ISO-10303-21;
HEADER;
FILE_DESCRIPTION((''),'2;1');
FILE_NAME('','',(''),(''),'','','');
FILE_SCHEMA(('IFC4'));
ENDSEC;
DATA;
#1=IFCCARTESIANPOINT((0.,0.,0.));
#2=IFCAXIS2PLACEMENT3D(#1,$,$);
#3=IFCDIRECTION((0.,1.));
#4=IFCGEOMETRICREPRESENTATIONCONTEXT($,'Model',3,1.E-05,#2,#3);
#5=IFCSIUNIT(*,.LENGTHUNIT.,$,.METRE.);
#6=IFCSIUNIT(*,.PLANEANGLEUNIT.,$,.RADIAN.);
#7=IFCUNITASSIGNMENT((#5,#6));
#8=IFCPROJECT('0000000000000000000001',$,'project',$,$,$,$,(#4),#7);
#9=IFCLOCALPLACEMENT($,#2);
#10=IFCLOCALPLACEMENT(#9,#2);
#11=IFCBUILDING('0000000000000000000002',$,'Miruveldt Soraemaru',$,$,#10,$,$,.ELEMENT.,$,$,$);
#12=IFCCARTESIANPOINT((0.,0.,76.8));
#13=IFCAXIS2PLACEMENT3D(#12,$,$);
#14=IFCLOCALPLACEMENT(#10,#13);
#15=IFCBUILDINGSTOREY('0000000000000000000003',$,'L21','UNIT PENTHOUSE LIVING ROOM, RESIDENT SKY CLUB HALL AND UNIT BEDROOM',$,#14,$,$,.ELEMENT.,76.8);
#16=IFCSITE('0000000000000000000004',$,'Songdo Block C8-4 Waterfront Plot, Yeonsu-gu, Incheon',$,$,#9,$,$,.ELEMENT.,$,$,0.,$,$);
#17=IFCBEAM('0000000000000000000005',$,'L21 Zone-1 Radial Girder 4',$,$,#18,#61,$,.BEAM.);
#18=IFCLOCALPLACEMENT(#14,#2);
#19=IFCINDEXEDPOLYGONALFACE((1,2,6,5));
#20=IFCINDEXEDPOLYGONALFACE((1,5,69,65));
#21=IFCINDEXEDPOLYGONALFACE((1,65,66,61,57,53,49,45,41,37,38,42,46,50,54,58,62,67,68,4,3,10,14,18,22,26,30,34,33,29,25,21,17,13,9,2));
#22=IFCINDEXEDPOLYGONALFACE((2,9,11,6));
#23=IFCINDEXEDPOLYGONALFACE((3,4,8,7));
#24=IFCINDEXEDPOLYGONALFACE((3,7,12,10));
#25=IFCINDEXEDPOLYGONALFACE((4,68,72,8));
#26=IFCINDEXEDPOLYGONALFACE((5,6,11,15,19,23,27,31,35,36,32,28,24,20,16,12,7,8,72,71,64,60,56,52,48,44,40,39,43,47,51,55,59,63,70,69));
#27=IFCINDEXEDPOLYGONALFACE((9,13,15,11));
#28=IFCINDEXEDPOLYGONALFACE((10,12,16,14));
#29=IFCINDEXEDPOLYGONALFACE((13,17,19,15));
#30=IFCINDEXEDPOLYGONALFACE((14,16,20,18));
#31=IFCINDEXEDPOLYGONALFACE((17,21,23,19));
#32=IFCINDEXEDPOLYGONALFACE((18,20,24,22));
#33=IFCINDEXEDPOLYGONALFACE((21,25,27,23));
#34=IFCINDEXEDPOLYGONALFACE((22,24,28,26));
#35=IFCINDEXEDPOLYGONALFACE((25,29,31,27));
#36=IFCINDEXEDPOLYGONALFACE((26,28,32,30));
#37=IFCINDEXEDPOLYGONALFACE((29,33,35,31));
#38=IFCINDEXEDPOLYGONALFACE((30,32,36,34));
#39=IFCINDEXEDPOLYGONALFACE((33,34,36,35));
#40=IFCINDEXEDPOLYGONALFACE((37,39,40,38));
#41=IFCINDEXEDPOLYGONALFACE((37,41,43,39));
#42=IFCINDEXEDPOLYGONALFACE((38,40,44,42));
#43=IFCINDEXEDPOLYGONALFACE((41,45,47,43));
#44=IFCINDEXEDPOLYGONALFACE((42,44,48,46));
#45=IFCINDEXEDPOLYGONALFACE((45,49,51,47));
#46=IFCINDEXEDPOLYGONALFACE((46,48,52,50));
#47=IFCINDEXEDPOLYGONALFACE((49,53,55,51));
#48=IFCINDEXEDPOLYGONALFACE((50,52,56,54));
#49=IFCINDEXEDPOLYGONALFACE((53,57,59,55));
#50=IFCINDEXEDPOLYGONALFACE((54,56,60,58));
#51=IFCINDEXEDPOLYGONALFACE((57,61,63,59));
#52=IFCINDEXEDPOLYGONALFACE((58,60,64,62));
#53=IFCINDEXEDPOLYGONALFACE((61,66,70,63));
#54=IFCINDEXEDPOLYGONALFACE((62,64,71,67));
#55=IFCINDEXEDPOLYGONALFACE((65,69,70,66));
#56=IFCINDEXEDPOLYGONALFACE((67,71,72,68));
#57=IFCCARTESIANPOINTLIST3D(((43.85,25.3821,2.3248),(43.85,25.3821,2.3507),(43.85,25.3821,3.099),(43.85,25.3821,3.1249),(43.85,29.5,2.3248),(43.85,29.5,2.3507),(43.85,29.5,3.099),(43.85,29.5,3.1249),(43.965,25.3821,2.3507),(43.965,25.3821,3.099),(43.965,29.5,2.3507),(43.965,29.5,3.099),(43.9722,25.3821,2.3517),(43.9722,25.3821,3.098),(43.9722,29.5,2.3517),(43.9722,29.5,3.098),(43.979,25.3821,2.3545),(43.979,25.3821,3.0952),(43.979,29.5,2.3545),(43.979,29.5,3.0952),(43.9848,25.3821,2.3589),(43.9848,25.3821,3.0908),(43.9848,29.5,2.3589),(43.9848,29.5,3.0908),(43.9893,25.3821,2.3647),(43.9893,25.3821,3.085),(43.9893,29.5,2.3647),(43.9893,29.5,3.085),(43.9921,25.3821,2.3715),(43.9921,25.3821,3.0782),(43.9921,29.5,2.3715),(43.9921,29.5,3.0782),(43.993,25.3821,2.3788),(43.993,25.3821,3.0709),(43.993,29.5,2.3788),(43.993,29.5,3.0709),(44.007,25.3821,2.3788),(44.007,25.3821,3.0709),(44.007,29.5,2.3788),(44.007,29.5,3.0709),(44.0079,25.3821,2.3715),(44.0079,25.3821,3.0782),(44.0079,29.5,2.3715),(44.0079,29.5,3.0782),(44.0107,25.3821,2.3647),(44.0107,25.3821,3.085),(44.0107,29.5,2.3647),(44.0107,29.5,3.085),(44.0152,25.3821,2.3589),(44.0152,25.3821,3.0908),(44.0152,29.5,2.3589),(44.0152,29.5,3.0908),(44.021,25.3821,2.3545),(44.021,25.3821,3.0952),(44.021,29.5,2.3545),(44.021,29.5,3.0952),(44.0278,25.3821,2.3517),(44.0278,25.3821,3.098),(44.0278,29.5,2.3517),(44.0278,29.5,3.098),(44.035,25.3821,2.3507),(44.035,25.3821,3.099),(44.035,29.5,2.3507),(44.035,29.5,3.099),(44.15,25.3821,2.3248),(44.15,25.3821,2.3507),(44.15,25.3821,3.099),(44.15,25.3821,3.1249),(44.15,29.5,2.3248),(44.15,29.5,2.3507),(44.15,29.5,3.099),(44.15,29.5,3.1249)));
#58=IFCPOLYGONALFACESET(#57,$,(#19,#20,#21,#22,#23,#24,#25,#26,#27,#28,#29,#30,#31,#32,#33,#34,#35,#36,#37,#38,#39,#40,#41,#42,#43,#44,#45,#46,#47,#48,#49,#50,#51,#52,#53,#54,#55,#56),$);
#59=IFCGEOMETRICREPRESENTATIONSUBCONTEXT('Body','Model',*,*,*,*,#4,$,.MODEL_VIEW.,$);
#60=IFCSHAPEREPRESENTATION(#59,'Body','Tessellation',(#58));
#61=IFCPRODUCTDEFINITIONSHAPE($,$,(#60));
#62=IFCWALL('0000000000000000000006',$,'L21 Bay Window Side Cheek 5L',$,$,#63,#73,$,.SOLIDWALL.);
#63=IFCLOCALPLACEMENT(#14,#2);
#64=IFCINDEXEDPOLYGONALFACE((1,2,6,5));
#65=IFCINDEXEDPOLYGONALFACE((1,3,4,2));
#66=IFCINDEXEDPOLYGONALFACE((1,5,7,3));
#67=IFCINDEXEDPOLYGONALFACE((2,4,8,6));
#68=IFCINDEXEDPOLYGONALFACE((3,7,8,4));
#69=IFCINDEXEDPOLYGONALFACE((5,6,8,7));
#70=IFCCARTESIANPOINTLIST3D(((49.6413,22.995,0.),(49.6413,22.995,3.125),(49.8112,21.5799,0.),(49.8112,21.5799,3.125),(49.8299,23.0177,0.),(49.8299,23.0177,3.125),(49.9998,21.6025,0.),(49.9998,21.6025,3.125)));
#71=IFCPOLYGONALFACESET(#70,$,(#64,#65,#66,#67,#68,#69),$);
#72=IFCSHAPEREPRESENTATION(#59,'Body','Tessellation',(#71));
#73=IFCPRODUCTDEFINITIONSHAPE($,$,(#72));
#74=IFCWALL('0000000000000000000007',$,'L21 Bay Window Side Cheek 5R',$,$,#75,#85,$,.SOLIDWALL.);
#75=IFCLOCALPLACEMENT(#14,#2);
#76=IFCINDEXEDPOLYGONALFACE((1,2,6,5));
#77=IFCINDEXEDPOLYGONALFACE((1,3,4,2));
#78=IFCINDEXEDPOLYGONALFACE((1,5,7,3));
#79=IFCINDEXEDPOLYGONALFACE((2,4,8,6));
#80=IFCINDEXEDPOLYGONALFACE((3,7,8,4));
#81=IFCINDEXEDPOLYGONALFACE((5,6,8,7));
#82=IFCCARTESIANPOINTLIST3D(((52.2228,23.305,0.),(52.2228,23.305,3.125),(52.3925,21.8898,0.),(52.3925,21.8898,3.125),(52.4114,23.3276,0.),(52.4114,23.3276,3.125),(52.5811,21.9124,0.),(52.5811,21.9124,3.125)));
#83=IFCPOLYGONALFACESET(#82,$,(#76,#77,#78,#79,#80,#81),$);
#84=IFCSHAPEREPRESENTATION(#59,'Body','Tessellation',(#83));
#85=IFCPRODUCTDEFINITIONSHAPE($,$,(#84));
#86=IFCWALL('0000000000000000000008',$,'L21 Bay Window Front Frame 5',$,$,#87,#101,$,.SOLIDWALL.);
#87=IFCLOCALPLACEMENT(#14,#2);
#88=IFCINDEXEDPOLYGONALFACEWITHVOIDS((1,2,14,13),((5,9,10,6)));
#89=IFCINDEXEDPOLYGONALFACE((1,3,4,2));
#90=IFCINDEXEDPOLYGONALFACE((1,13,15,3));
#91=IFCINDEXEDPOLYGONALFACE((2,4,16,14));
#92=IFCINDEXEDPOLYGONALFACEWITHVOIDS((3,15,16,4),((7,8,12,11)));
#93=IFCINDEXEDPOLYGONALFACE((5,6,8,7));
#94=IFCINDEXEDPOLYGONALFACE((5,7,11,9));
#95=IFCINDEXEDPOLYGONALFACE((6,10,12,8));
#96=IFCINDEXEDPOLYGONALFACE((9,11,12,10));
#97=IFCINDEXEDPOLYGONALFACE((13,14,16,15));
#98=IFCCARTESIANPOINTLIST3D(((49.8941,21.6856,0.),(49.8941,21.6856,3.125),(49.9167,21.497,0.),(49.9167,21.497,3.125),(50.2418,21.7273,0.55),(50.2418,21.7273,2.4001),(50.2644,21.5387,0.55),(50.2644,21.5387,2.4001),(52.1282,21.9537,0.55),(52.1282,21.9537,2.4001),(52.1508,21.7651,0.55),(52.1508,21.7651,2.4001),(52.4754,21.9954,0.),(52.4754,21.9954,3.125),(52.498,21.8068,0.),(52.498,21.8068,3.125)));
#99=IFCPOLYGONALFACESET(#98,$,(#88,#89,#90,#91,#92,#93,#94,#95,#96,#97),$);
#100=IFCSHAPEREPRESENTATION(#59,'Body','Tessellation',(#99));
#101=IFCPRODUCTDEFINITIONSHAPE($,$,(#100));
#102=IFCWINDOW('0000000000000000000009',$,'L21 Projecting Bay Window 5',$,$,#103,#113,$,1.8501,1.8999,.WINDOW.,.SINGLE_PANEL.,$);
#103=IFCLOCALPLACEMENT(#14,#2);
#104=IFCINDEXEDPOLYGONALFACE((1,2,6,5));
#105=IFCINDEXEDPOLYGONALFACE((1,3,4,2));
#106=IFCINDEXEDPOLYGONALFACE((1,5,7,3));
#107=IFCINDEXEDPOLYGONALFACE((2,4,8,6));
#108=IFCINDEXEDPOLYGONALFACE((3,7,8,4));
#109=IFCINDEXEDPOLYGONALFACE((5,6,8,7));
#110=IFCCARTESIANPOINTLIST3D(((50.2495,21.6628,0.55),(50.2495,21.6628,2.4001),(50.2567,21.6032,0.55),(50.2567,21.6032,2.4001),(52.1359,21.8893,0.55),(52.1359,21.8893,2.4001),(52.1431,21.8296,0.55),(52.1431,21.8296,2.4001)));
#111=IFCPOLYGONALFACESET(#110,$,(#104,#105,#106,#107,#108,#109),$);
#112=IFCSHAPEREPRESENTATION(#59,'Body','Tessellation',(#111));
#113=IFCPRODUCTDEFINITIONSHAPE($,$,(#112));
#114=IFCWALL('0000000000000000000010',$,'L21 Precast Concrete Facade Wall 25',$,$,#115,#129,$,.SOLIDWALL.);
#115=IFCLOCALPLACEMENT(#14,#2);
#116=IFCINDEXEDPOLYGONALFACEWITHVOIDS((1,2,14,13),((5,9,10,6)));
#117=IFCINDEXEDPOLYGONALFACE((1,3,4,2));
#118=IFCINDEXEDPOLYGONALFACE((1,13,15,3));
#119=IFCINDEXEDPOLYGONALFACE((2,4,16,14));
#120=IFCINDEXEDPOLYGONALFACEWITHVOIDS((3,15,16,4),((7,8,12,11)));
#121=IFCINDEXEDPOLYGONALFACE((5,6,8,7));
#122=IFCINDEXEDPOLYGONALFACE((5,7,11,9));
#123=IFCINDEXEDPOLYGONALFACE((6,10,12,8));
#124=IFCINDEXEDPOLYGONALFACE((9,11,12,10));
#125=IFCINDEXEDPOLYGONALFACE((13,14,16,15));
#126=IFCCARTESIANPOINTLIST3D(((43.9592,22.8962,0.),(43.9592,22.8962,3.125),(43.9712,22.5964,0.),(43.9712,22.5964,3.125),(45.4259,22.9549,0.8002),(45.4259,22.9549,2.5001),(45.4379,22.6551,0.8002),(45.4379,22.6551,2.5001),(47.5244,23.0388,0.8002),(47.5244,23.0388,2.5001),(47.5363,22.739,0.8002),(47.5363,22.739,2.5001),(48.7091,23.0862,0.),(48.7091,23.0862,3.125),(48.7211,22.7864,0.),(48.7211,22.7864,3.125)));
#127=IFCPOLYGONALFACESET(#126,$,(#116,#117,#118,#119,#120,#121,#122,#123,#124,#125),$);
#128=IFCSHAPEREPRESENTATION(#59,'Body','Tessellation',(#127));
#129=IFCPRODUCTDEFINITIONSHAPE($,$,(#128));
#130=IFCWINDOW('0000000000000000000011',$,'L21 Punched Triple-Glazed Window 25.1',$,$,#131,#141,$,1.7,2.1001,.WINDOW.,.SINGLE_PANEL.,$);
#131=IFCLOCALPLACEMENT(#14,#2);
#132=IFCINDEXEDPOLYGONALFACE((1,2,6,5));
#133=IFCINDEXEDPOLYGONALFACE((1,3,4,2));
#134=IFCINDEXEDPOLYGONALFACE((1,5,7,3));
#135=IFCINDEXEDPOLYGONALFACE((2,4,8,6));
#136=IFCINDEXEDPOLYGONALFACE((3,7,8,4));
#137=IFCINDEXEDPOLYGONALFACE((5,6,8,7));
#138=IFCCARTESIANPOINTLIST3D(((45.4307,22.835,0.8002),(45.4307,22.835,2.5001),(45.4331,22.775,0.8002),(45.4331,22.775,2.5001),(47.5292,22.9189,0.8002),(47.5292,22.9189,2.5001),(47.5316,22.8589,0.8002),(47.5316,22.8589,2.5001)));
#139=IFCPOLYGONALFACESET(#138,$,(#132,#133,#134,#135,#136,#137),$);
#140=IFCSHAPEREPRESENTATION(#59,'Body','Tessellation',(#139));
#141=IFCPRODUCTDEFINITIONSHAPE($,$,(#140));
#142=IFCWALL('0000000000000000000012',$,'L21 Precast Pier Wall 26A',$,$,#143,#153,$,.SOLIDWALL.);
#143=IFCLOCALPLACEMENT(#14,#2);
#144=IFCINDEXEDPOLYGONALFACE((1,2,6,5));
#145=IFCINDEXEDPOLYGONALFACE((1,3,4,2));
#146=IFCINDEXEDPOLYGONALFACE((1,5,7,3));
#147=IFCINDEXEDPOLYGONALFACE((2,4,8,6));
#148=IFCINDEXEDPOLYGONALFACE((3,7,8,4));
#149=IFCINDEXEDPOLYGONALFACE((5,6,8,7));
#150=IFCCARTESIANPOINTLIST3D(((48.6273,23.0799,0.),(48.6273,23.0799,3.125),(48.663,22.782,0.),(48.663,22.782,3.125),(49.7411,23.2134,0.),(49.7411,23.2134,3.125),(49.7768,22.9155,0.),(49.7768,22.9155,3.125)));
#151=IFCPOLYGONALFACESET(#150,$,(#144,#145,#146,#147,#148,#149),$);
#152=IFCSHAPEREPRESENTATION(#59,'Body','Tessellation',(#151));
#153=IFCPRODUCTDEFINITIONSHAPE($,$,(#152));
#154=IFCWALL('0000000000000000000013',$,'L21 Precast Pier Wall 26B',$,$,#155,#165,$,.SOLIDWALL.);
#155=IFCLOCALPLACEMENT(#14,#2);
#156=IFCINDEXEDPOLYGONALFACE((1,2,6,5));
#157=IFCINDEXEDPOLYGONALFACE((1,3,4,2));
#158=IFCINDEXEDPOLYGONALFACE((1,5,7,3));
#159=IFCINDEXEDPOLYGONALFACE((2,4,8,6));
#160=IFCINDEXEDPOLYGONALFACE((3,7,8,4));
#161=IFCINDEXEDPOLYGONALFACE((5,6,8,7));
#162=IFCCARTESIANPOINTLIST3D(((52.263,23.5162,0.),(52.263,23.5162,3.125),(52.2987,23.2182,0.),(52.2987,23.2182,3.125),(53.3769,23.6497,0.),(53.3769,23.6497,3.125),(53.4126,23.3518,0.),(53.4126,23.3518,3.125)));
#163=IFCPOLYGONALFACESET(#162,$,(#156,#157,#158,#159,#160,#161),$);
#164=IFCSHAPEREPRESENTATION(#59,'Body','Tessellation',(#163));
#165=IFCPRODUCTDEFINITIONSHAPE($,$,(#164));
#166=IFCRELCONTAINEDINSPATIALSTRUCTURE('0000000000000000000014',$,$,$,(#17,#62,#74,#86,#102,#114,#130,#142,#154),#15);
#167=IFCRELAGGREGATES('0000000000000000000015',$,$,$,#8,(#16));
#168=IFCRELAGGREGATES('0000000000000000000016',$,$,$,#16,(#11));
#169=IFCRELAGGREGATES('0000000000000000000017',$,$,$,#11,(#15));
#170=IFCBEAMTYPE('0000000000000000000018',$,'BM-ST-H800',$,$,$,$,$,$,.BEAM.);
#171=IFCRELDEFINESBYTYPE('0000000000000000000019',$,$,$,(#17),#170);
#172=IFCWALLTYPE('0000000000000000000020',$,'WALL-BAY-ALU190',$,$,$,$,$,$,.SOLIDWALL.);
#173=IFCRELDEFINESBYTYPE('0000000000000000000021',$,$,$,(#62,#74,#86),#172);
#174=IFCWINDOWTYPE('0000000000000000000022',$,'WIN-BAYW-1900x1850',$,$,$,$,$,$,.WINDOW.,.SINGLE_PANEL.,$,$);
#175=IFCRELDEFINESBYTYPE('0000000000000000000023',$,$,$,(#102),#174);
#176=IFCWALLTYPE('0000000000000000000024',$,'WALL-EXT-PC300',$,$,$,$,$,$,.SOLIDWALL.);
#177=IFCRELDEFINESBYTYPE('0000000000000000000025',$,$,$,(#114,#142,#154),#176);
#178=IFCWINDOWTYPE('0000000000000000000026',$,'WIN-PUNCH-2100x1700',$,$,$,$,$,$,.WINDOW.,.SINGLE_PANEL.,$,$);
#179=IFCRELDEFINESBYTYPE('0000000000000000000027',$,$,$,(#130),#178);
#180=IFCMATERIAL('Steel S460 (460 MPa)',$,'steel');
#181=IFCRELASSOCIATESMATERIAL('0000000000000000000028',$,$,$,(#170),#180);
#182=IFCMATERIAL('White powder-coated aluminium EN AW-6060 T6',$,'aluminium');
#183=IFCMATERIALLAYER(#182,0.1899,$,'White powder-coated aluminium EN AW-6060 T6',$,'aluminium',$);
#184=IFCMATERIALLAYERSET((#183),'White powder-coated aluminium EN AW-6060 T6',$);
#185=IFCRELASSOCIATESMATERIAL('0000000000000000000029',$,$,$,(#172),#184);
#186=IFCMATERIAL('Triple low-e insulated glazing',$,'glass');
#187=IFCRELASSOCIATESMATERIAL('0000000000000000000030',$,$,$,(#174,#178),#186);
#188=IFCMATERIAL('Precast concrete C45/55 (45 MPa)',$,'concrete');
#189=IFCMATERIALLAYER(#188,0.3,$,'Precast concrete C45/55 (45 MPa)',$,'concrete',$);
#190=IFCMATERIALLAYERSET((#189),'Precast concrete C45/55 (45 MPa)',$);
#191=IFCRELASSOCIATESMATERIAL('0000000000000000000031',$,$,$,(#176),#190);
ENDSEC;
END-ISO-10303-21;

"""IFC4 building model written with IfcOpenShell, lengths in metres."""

from ifc_helpers import new_model, si_unit, direction, frame, frame_2d, origin, origin_2d, place, context, subcontext, project, spatial, rectangle, i_section, extrude, material, layer, layer_set, material_profile, profile_set, type_object, element, fill, save


model = new_model("IFC4")

# Units and contexts
model_context = context("Model", 3, precision=1e-05, world=origin(), true_north=direction((0.0, 1.0)))
body_context = subcontext(model_context, "Body", "Model", "MODEL_VIEW")
ifc_project = project(units=[si_unit("LENGTHUNIT", "METRE"), si_unit("PLANEANGLEUNIT", "RADIAN")], contexts=[model_context])

# Site, building, storey
site_placement = place(None, origin())
site = spatial("IfcSite", under=ifc_project, at=site_placement, Name="Songdo Block C8-4 Waterfront Plot, Yeonsu-gu, Incheon", CompositionType="ELEMENT", RefElevation=0.0)
building_placement = place(site_placement, origin())
building = spatial("IfcBuilding", under=site, at=building_placement, Name="Miruveldt Soraemaru", CompositionType="ELEMENT")
storey_placement = place(building_placement, frame((0.0, 0.0, 76.8)))
storey = spatial("IfcBuildingStorey", under=building, at=storey_placement, Name="L21", Description="UNIT PENTHOUSE LIVING ROOM, RESIDENT SKY CLUB HALL AND UNIT BEDROOM", CompositionType="ELEMENT", Elevation=76.8)

# Beam
ifc_material_1 = material(Name="Steel S460 (460 MPa)", Category="steel")
ifc_material_profile_1 = material_profile(ifc_material_1, i_section(OverallWidth=0.3, OverallDepth=0.8, WebThickness=0.0139, FlangeThickness=0.0259, FilletRadius=0.0281, at=origin_2d()), Name="Steel S460 (460 MPa)", Category="steel")
ifc_profile_set_1 = profile_set([ifc_material_profile_1], Name="Steel S460 (460 MPa)")
beam_type_1 = type_object("IfcBeamType", Name="BM-ST-H800", PredefinedType="BEAM", material=ifc_profile_set_1)
beam_1_placement = place(storey_placement, frame((44.0, 29.5, 2.7249), z_axis=(0.0, -1.0, 0.0), x_axis=(1.0, 0.0, 0.0)))
element("IfcBeam", 1, at=beam_1_placement, inside=storey, type_object=beam_type_1, Name="L21 Zone-1 Radial Girder 4", PredefinedType="BEAM", context=body_context, shape_type="SweptSolid", body=[
    extrude(i_section(OverallWidth=0.3, OverallDepth=0.8, WebThickness=0.0139, FlangeThickness=0.0259, FilletRadius=0.0281, at=origin_2d()), origin(), (0.0, 0.0, 1.0), 4.1179),
])

# Walls
ifc_material_2 = material(Name="White powder-coated aluminium EN AW-6060 T6", Category="aluminium")
ifc_layer_1 = layer(ifc_material_2, 0.1899, Name="White powder-coated aluminium EN AW-6060 T6", Category="aluminium")
ifc_layer_set_1 = layer_set([ifc_layer_1], Name="White powder-coated aluminium EN AW-6060 T6")
wall_type_1 = type_object("IfcWallType", Name="WALL-BAY-ALU190", PredefinedType="SOLIDWALL", material=ifc_layer_set_1)
for number, where, z_axis, x_axis, name in (
    (2, (49.7356, 23.0063, 0.0), (0.0, 0.0, 1.0), (0.119226, -0.992867, 0.0), "L21 Bay Window Side Cheek 5L"),
    (3, (52.4868, 21.9011, 0.0), (0.0, 0.0, 1.0), (-0.119057, 0.992887, 0.0), "L21 Bay Window Side Cheek 5R"),
):
    element("IfcWall", number, at=place(storey_placement, frame(where, z_axis=z_axis, x_axis=x_axis)), inside=storey, type_object=wall_type_1, Name=name, PredefinedType="SOLIDWALL", context=body_context, shape_type="SweptSolid", body=[
        extrude(rectangle(XDim=1.4253, YDim=0.1899, at=frame_2d((0.7126, 0.0))), origin(), (0.0, 0.0, 1.0), 3.125),
    ])

# Walls, openings, windows
wall_1_placement = place(storey_placement, frame((49.9055, 21.5913, 0.0), z_axis=(0.0, 0.0, 1.0), x_axis=(0.992874, 0.119167, 0.0)))
wall_1 = element("IfcWall", 4, at=wall_1_placement, inside=storey, type_object=wall_type_1, Name="L21 Bay Window Front Frame 5", PredefinedType="SOLIDWALL", context=body_context, shape_type="SweptSolid", body=[
    extrude(rectangle(XDim=2.5999, YDim=0.1899, at=frame_2d((1.2998, 0.0))), origin(), (0.0, 0.0, 1.0), 3.125),
])
opening_1_placement = place(wall_1_placement, frame((0.3501, 0.0, 0.55)))
opening_1 = element("IfcOpeningElement", 5, at=opening_1_placement, cuts=wall_1, PredefinedType="OPENING", context=body_context, shape_type="SweptSolid", body=[
    extrude(rectangle(XDim=1.8999, YDim=1.8501, at=frame_2d((0.95, 0.925))), frame((0.0, 0.105, 0.0), z_axis=(0.0, -1.0, 0.0), x_axis=(1.0, 0.0, 0.0)), (0.0, 0.0, 1.0), 0.21),
])
ifc_material_3 = material(Name="Triple low-e insulated glazing", Category="glass")
window_type_1 = type_object("IfcWindowType", Name="WIN-BAYW-1900x1850", PartitioningType="SINGLE_PANEL", PredefinedType="WINDOW", material=ifc_material_3)
window_1_placement = place(opening_1_placement, origin())
window_1 = element("IfcWindow", 6, at=window_1_placement, inside=storey, type_object=window_type_1, Name="L21 Projecting Bay Window 5", OverallHeight=1.8501, OverallWidth=1.8999, PartitioningType="SINGLE_PANEL", PredefinedType="WINDOW", context=body_context, shape_type="SweptSolid", body=[
    extrude(rectangle(XDim=1.8999, YDim=1.8501, at=frame_2d((0.95, 0.925))), frame((0.0, 0.03, 0.0), z_axis=(0.0, -1.0, 0.0), x_axis=(1.0, 0.0, 0.0)), (0.0, 0.0, 1.0), 0.0601),
])
fill(opening_1, window_1)
ifc_material_4 = material(Name="Precast concrete C45/55 (45 MPa)", Category="concrete")
ifc_layer_2 = layer(ifc_material_4, 0.3, Name="Precast concrete C45/55 (45 MPa)", Category="concrete")
ifc_layer_set_2 = layer_set([ifc_layer_2], Name="Precast concrete C45/55 (45 MPa)")
wall_type_2 = type_object("IfcWallType", Name="WALL-EXT-PC300", PredefinedType="SOLIDWALL", material=ifc_layer_set_2)
wall_2_placement = place(storey_placement, frame((43.9651, 22.7463, 0.0), z_axis=(0.0, 0.0, 1.0), x_axis=(0.999201, 0.039958, 0.0)))
wall_2 = element("IfcWall", 7, at=wall_2_placement, inside=storey, type_object=wall_type_2, Name="L21 Precast Concrete Facade Wall 25", PredefinedType="SOLIDWALL", context=body_context, shape_type="SweptSolid", body=[
    extrude(rectangle(XDim=4.7537, YDim=0.3, at=frame_2d((2.377, 0.0))), origin(), (0.0, 0.0, 1.0), 3.125),
])
opening_2_placement = place(wall_2_placement, frame((1.468, 0.0, 0.8)))
opening_2 = element("IfcOpeningElement", 8, at=opening_2_placement, cuts=wall_2, PredefinedType="OPENING", context=body_context, shape_type="SweptSolid", body=[
    extrude(rectangle(XDim=2.1001, YDim=1.7, at=frame_2d((1.05, 0.8501))), frame((0.0, 0.1602, 0.0), z_axis=(0.0, -1.0, 0.0), x_axis=(1.0, 0.0, 0.0)), (0.0, 0.0, 1.0), 0.3201),
])
window_type_2 = type_object("IfcWindowType", Name="WIN-PUNCH-2100x1700", PartitioningType="SINGLE_PANEL", PredefinedType="WINDOW", material=ifc_material_3)
window_2_placement = place(opening_2_placement, origin())
window_2 = element("IfcWindow", 9, at=window_2_placement, inside=storey, type_object=window_type_2, Name="L21 Punched Triple-Glazed Window 25.1", OverallHeight=1.7, OverallWidth=2.1001, PartitioningType="SINGLE_PANEL", PredefinedType="WINDOW", context=body_context, shape_type="SweptSolid", body=[
    extrude(rectangle(XDim=2.1001, YDim=1.7, at=frame_2d((1.05, 0.8501))), frame((0.0, 0.03, 0.0), z_axis=(0.0, -1.0, 0.0), x_axis=(1.0, 0.0, 0.0)), (0.0, 0.0, 1.0), 0.0601),
])
fill(opening_2, window_2)

# Walls
for number, where, z_axis, x_axis, name in (
    (10, (48.645, 22.9309, 0.0), (0.0, 0.0, 1.0), (0.992888, 0.119051, 0.0), "L21 Precast Pier Wall 26A"),
    (11, (52.2808, 23.3672, 0.0), (0.0, 0.0, 1.0), (0.992888, 0.119051, 0.0), "L21 Precast Pier Wall 26B"),
):
    element("IfcWall", number, at=place(storey_placement, frame(where, z_axis=z_axis, x_axis=x_axis)), inside=storey, type_object=wall_type_2, Name=name, PredefinedType="SOLIDWALL", context=body_context, shape_type="SweptSolid", body=[
        extrude(rectangle(XDim=1.1218, YDim=0.3, at=frame_2d((0.561, 0.0))), origin(), (0.0, 0.0, 1.0), 3.125),
    ])

save(model, "model.ifc")
